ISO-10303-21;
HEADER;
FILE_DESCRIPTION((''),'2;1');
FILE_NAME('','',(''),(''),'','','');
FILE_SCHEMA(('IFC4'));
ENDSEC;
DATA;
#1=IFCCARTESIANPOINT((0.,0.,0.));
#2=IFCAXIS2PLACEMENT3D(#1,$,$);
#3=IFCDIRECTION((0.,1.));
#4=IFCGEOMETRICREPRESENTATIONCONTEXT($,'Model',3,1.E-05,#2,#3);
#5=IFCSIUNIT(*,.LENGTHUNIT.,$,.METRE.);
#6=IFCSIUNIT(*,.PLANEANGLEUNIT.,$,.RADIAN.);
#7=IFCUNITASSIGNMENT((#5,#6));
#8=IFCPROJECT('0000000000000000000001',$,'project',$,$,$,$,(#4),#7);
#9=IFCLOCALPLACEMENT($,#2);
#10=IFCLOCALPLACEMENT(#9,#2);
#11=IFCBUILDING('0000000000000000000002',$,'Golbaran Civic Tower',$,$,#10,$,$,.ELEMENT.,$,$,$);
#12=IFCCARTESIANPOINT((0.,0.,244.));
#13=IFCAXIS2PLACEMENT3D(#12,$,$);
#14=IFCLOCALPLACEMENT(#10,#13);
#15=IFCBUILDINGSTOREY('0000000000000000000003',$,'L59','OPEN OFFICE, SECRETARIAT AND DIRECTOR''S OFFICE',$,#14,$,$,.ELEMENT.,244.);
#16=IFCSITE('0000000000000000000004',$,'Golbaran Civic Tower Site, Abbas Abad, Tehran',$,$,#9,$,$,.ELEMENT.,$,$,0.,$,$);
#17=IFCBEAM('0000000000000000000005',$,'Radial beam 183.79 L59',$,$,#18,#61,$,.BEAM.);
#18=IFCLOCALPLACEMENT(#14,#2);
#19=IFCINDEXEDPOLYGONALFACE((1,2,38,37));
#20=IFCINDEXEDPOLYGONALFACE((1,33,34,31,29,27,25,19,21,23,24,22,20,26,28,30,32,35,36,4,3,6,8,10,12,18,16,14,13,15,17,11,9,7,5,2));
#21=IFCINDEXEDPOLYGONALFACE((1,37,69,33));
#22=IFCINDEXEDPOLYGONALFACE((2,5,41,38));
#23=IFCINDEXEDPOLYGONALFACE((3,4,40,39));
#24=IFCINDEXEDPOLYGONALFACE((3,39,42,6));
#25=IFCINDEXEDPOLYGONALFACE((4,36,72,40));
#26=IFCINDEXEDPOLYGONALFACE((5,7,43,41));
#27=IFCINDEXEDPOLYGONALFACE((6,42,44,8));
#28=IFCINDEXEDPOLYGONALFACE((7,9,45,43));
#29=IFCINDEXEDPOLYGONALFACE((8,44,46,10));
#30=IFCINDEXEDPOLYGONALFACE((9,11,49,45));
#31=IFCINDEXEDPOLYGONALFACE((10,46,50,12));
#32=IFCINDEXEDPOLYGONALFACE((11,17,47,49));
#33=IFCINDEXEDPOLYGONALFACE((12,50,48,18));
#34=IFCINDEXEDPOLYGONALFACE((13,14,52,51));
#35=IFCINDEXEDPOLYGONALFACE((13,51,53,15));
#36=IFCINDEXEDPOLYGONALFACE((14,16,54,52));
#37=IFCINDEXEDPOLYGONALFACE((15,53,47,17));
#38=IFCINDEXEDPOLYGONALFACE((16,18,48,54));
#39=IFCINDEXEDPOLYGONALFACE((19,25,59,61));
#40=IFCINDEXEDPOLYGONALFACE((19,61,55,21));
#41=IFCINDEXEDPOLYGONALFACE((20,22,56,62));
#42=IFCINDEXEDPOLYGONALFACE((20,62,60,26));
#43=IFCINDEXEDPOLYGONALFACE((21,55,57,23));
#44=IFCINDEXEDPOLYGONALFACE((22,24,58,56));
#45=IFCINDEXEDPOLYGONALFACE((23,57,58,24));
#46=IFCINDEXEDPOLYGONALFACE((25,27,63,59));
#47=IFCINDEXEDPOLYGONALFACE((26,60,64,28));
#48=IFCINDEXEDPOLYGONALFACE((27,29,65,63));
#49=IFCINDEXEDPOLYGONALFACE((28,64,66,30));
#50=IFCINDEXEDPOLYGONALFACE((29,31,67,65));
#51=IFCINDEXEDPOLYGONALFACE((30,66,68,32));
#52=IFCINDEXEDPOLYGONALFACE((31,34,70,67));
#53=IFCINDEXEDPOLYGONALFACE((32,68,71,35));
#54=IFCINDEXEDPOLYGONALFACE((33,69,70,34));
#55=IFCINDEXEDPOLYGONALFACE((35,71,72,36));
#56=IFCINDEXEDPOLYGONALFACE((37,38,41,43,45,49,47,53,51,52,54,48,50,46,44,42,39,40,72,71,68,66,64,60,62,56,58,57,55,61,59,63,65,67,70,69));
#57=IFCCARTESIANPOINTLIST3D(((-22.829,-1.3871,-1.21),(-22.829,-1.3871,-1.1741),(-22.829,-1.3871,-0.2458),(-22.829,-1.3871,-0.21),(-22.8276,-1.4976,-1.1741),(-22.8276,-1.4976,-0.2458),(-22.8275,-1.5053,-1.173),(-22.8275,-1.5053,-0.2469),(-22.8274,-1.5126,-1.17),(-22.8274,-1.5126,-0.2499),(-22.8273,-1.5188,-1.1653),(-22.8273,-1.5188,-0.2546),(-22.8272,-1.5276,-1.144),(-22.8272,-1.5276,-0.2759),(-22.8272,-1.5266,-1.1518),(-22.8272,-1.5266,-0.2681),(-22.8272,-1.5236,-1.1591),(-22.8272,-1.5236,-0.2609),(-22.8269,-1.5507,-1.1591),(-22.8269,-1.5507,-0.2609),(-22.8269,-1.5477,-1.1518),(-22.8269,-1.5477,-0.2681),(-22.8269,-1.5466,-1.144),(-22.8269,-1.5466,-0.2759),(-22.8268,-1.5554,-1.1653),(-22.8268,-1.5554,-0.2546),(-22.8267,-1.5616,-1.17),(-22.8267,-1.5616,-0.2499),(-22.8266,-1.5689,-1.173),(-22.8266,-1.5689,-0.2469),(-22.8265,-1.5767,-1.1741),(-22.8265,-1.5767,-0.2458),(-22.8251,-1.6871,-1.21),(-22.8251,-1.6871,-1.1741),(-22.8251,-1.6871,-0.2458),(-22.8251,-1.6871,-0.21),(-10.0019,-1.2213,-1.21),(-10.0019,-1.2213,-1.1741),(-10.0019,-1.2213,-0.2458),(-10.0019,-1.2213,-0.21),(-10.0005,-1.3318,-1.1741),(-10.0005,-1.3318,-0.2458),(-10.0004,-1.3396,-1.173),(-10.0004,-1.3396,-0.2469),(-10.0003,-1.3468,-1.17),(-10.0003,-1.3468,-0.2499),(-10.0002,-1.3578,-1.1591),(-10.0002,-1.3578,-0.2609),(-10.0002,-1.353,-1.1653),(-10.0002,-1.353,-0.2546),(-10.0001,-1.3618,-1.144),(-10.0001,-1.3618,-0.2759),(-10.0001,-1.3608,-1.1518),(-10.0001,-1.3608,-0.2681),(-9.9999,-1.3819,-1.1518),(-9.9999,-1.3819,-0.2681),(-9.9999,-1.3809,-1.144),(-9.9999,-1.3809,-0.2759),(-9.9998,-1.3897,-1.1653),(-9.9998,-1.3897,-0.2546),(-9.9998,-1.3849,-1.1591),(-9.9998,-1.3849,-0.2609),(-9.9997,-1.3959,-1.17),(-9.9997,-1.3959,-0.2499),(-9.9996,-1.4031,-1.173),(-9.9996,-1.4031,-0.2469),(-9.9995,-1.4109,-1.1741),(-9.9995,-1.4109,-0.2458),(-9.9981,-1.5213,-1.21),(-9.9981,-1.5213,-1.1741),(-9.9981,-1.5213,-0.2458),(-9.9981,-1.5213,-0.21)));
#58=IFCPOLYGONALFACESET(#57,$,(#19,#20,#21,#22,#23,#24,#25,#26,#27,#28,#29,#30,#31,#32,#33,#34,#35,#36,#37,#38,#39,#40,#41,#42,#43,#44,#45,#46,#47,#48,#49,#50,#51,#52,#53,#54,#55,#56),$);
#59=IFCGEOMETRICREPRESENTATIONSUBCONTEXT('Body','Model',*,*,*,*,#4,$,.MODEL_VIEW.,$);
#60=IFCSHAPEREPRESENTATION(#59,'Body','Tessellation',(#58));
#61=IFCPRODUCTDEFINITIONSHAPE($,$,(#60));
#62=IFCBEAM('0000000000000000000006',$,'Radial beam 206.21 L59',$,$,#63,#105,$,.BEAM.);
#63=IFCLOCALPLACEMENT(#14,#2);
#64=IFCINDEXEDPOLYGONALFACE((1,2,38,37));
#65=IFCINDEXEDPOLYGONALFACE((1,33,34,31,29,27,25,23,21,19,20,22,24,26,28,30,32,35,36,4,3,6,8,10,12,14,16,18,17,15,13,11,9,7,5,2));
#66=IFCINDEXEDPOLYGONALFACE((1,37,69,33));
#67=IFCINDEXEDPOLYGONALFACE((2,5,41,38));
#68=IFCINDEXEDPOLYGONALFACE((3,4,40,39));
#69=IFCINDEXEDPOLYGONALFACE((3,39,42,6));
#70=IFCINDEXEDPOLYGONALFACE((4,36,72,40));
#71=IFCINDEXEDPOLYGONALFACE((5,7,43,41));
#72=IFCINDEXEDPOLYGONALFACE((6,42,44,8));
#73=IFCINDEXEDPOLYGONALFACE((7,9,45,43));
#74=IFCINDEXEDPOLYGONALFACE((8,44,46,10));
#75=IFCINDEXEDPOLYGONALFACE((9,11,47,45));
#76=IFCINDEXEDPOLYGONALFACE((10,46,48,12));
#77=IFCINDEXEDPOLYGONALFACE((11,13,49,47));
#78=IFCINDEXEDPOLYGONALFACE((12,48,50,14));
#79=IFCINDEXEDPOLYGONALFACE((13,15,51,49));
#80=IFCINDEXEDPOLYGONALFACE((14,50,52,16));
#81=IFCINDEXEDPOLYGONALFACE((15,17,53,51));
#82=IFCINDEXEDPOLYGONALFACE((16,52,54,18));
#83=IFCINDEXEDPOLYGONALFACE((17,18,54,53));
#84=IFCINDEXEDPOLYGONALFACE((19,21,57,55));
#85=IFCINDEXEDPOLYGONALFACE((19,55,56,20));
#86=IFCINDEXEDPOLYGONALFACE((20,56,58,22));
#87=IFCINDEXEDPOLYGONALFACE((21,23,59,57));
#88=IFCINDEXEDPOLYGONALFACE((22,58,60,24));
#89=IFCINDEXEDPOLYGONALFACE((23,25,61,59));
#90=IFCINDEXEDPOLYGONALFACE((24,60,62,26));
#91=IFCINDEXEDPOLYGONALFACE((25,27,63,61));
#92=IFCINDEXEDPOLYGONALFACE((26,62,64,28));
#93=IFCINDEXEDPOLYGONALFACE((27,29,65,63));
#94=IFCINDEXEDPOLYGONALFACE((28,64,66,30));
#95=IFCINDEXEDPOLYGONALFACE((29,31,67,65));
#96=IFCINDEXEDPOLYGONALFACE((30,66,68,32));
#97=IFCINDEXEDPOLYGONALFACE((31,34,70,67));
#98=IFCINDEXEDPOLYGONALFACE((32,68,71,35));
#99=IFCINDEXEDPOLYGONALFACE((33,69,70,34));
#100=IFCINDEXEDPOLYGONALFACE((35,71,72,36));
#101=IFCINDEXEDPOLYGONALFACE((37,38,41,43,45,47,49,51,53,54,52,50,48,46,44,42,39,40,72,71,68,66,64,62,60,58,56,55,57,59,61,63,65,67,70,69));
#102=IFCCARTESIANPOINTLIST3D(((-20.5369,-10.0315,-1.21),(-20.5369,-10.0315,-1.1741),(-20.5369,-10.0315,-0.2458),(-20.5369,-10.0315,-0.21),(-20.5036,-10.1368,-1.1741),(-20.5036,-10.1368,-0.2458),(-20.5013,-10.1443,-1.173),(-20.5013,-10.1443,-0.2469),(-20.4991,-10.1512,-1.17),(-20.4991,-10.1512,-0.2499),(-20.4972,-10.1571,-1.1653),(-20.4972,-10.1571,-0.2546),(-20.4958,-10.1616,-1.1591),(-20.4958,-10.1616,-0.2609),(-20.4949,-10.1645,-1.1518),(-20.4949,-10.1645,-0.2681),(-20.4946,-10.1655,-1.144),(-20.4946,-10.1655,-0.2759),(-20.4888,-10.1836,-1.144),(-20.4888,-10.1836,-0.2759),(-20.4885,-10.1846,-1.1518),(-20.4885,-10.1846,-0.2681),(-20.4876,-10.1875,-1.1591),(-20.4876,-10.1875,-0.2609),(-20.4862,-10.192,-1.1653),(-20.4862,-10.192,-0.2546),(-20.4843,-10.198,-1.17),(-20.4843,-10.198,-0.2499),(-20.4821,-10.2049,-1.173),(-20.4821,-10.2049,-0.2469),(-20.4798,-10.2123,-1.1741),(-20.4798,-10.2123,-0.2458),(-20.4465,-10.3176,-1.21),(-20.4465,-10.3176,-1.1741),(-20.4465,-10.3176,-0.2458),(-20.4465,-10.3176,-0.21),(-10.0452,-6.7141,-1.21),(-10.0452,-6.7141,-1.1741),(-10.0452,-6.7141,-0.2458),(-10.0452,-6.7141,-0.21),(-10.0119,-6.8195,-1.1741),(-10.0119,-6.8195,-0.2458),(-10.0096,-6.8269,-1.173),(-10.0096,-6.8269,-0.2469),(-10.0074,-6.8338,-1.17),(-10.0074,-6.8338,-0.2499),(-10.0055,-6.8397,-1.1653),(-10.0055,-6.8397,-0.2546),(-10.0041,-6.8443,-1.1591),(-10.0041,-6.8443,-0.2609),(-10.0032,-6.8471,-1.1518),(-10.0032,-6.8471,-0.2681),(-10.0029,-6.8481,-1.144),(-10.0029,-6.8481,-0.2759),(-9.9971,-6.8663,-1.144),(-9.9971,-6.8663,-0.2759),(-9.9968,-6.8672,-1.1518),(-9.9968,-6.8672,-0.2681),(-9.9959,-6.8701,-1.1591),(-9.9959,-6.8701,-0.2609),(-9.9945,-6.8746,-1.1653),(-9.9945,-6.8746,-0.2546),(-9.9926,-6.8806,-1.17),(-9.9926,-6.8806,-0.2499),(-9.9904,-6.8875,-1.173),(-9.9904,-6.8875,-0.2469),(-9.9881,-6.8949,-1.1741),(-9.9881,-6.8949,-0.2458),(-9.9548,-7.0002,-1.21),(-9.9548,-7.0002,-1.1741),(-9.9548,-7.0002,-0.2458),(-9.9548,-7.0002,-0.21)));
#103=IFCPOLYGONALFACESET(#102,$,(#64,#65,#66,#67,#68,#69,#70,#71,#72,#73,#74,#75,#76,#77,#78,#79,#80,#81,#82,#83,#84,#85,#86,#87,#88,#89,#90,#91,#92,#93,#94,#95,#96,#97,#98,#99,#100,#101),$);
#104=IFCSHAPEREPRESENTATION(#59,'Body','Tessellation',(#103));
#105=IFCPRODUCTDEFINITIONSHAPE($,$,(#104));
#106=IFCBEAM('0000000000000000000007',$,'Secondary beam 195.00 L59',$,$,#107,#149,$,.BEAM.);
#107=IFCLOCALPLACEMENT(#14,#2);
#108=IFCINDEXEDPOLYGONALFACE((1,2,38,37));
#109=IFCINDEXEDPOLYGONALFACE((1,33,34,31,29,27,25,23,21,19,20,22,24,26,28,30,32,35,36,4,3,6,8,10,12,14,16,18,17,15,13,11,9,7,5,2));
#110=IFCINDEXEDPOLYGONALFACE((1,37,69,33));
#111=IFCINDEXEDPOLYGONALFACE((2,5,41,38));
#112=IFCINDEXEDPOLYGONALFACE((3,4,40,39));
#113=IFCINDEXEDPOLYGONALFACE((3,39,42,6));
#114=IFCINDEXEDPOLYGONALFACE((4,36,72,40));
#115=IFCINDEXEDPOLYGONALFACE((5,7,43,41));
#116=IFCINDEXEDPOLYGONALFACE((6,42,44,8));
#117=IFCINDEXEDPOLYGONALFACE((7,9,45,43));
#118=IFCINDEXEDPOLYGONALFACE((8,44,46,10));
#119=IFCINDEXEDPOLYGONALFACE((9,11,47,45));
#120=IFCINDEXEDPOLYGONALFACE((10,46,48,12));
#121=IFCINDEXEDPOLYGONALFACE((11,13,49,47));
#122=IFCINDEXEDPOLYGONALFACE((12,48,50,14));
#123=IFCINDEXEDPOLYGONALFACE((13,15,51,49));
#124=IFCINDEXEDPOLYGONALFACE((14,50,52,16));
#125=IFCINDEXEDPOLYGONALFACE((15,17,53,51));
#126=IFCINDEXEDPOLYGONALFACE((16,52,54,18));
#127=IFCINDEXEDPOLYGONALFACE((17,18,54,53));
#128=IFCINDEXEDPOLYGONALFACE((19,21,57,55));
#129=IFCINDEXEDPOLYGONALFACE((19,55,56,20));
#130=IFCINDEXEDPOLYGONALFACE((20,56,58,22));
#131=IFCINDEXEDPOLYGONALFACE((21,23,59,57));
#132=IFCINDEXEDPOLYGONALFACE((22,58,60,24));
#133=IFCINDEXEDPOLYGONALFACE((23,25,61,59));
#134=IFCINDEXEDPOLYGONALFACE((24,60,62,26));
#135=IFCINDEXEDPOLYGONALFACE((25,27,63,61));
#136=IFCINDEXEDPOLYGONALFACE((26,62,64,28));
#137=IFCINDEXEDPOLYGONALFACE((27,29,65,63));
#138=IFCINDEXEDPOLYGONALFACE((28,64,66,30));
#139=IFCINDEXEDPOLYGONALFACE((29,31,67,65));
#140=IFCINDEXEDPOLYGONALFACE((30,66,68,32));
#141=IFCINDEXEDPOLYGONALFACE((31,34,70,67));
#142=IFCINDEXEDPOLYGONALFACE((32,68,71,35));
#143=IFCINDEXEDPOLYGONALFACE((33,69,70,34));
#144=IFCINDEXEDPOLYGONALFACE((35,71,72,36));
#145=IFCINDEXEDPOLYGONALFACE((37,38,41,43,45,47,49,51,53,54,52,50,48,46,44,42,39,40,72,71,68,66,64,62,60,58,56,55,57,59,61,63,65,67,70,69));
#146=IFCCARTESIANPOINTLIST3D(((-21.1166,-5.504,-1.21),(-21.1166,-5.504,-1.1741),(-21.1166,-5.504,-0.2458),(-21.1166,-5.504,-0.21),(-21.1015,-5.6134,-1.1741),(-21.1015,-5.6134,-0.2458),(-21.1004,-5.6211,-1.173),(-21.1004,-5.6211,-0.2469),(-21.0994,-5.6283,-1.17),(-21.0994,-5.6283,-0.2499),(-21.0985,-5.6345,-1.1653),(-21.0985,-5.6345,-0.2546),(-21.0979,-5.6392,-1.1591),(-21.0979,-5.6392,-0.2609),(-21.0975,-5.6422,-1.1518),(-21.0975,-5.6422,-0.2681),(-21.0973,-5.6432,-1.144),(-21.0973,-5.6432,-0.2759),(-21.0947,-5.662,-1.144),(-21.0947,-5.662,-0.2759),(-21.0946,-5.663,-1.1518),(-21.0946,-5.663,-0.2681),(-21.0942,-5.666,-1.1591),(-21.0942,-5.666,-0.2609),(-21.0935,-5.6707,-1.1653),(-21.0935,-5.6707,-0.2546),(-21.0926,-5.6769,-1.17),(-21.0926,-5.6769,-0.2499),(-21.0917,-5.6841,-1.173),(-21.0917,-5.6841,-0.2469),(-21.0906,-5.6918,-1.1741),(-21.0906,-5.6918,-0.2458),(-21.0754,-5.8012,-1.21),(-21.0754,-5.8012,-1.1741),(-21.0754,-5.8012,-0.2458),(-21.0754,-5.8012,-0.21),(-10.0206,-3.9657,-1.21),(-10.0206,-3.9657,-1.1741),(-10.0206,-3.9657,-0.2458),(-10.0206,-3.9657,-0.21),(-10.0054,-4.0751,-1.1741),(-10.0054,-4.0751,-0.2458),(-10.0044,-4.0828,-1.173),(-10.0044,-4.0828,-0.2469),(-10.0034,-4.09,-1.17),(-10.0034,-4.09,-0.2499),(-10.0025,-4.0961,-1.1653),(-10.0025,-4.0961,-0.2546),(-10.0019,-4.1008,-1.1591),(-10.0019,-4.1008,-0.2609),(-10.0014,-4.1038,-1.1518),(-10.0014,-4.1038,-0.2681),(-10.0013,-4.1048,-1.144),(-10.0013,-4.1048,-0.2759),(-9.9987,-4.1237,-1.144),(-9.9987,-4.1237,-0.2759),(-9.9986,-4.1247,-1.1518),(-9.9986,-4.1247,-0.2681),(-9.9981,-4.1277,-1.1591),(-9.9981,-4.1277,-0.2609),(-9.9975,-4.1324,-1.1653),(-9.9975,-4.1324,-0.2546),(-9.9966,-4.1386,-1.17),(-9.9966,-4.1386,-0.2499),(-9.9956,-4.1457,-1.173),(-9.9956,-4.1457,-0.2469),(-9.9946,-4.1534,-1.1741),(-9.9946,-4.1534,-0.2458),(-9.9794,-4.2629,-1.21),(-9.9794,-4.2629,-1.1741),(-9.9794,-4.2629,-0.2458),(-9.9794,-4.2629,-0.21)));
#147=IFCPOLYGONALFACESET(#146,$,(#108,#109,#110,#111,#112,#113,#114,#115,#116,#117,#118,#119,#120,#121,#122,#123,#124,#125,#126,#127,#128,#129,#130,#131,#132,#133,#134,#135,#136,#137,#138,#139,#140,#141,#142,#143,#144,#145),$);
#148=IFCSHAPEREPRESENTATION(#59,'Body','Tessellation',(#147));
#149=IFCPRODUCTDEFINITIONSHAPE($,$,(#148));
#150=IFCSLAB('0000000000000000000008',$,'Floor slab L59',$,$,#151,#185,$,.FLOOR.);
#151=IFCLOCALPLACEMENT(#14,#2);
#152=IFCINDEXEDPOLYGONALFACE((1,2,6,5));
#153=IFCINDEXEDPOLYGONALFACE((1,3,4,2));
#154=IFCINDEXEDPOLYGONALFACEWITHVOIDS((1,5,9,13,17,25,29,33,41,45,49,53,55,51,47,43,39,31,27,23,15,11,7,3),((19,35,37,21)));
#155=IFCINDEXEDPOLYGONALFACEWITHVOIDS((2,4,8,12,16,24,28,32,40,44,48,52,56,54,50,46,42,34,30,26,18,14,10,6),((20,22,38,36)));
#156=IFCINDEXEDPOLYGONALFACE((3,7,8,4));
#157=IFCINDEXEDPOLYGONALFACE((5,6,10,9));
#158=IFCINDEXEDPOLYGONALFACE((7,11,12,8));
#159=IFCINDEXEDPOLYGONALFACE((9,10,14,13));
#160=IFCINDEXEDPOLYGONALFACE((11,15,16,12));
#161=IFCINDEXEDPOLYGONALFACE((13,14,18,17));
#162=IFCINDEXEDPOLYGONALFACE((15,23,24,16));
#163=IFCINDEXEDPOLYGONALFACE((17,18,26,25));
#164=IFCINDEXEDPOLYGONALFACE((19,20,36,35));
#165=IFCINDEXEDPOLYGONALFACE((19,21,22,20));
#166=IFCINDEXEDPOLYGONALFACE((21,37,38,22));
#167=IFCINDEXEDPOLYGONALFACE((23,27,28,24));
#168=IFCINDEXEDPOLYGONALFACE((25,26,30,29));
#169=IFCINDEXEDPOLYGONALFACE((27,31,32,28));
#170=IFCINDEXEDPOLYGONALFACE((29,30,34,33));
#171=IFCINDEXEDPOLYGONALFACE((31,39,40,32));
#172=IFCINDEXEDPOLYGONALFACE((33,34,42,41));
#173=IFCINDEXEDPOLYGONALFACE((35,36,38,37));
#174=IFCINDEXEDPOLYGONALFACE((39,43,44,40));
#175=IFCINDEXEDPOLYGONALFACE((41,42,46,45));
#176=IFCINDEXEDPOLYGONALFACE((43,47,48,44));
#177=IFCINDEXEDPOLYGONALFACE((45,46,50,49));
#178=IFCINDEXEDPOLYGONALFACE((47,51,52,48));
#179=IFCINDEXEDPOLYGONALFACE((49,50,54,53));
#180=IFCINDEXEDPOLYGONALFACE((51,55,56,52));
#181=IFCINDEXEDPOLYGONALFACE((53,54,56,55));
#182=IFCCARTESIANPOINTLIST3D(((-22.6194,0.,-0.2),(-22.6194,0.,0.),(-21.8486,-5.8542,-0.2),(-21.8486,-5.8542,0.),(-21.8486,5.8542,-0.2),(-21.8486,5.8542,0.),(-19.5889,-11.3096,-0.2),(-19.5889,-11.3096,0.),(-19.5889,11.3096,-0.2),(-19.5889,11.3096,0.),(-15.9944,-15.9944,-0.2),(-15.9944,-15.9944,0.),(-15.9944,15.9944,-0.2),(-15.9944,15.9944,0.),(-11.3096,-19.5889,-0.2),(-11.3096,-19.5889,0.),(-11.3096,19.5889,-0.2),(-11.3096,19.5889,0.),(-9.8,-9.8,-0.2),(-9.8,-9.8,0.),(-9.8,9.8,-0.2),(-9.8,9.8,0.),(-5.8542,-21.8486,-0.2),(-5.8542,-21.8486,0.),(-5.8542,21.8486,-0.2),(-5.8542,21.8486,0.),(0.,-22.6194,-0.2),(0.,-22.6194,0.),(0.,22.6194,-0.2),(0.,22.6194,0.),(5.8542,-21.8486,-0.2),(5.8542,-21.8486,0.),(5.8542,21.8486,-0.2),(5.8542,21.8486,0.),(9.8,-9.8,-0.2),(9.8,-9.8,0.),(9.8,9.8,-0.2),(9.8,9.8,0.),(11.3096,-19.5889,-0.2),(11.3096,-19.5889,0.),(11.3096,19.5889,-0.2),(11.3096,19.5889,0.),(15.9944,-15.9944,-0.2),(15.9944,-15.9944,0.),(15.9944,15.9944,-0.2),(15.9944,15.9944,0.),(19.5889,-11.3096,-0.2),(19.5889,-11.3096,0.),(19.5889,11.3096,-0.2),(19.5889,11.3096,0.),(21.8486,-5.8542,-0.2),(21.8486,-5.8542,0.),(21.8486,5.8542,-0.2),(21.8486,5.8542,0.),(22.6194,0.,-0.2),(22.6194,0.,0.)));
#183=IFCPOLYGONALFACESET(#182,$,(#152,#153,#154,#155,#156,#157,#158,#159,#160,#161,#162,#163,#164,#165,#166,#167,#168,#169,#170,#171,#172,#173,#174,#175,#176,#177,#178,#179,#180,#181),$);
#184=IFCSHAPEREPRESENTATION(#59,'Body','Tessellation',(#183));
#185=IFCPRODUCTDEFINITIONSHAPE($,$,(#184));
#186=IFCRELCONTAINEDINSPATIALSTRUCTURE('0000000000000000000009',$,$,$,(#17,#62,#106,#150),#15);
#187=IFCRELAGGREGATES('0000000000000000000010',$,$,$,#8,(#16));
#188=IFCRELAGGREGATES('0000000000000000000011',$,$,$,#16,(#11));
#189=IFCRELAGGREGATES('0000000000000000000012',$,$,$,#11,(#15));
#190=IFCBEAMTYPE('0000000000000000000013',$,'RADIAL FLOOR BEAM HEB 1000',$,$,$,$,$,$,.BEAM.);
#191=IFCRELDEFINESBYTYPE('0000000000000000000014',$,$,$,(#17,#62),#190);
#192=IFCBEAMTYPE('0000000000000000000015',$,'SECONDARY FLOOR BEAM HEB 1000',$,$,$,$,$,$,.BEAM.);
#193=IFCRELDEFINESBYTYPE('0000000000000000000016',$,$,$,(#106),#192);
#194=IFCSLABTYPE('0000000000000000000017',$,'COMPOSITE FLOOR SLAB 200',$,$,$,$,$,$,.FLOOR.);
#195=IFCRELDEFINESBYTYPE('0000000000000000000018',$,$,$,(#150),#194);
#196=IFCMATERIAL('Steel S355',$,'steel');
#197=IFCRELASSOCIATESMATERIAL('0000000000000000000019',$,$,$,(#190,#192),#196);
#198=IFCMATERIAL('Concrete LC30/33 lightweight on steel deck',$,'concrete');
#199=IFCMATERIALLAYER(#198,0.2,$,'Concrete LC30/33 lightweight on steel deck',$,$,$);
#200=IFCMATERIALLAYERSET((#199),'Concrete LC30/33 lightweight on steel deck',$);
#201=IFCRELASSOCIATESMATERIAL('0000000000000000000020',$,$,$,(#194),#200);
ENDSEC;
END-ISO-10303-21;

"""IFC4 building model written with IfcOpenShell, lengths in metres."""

from ifc_helpers import new_model, si_unit, direction, frame, origin, origin_2d, place, context, subcontext, project, spatial, polyline, i_section, outline, extrude, material, layer, layer_set, material_profile, profile_set, type_object, element, save


model = new_model("IFC4")

# Units and contexts
model_context = context("Model", 3, precision=1e-05, world=origin(), true_north=direction((0.0, 1.0)))
body_context = subcontext(model_context, "Body", "Model", "MODEL_VIEW")
ifc_project = project(units=[si_unit("LENGTHUNIT", "METRE"), si_unit("PLANEANGLEUNIT", "RADIAN")], contexts=[model_context])

# Site, building, storey
site_placement = place(None, origin())
site = spatial("IfcSite", under=ifc_project, at=site_placement, Name="Golbaran Civic Tower Site, Abbas Abad, Tehran", CompositionType="ELEMENT", RefElevation=0.0)
building_placement = place(site_placement, origin())
building = spatial("IfcBuilding", under=site, at=building_placement, Name="Golbaran Civic Tower", CompositionType="ELEMENT")
storey_placement = place(building_placement, frame((0.0, 0.0, 244.0)))
storey = spatial("IfcBuildingStorey", under=building, at=storey_placement, Name="L59", Description="OPEN OFFICE, SECRETARIAT AND DIRECTOR'S OFFICE", CompositionType="ELEMENT", Elevation=244.0)

# Beams
ifc_material_1 = material(Name="Steel S355", Category="steel")
ifc_material_profile_1 = material_profile(ifc_material_1, i_section(OverallWidth=0.3, OverallDepth=1.0, WebThickness=0.019, FlangeThickness=0.0359, FilletRadius=0.03, at=origin_2d()), Name="HEB 1000")
ifc_profile_set_1 = profile_set([ifc_material_profile_1], Name="Steel S355")
beam_type_1 = type_object("IfcBeamType", Name="RADIAL FLOOR BEAM HEB 1000", PredefinedType="BEAM", material=ifc_profile_set_1)
beam_1_placement = place(storey_placement, frame((-10.0, -1.3713, -0.71), z_axis=(-0.999917, -0.012922, 0.0), x_axis=(0.012922, -0.999917, 0.0)))
element("IfcBeam", 1, at=beam_1_placement, inside=storey, type_object=beam_type_1, Name="Radial beam 183.79 L59", PredefinedType="BEAM", context=body_context, shape_type="SweptSolid", body=[
    extrude(i_section(OverallWidth=0.3, OverallDepth=1.0, WebThickness=0.019, FlangeThickness=0.0359, FilletRadius=0.03, at=origin_2d()), origin(), (0.0, 0.0, 1.0), 12.8281),
])
beam_2_placement = place(storey_placement, frame((-10.0, -6.8572, -0.71), z_axis=(-0.953473, -0.30148, 0.0), x_axis=(0.30148, -0.953473, 0.0)))
element("IfcBeam", 2, at=beam_2_placement, inside=storey, type_object=beam_type_1, Name="Radial beam 206.21 L59", PredefinedType="BEAM", context=body_context, shape_type="SweptSolid", body=[
    extrude(i_section(OverallWidth=0.3, OverallDepth=1.0, WebThickness=0.019, FlangeThickness=0.0359, FilletRadius=0.03, at=origin_2d()), origin(), (0.0, 0.0, 1.0), 11.0037),
])
ifc_material_profile_2 = material_profile(ifc_material_1, i_section(OverallWidth=0.3, OverallDepth=1.0, WebThickness=0.019, FlangeThickness=0.0359, FilletRadius=0.03, at=origin_2d()), Name="HEB 1000")
ifc_profile_set_2 = profile_set([ifc_material_profile_2], Name="Steel S355")
beam_type_2 = type_object("IfcBeamType", Name="SECONDARY FLOOR BEAM HEB 1000", PredefinedType="BEAM", material=ifc_profile_set_2)
beam_3_placement = place(storey_placement, frame((-10.0, -4.1143, -0.71), z_axis=(-0.990526, -0.137325, 0.0), x_axis=(0.137325, -0.990526, 0.0)))
element("IfcBeam", 3, at=beam_3_placement, inside=storey, type_object=beam_type_2, Name="Secondary beam 195.00 L59", PredefinedType="BEAM", context=body_context, shape_type="SweptSolid", body=[
    extrude(i_section(OverallWidth=0.3, OverallDepth=1.0, WebThickness=0.019, FlangeThickness=0.0359, FilletRadius=0.03, at=origin_2d()), origin(), (0.0, 0.0, 1.0), 11.2021),
])

# Slab
ifc_material_2 = material(Name="Concrete LC30/33 lightweight on steel deck", Category="concrete")
ifc_layer_1 = layer(ifc_material_2, 0.2, Name="Concrete LC30/33 lightweight on steel deck")
ifc_layer_set_1 = layer_set([ifc_layer_1], Name="Concrete LC30/33 lightweight on steel deck")
slab_type_1 = type_object("IfcSlabType", Name="COMPOSITE FLOOR SLAB 200", PredefinedType="FLOOR", material=ifc_layer_set_1)
slab_1_placement = place(storey_placement, frame((0.0, 0.0, -0.2)))
element("IfcSlab", 4, at=slab_1_placement, inside=storey, type_object=slab_type_1, Name="Floor slab L59", PredefinedType="FLOOR", context=body_context, shape_type="SweptSolid", body=[
    extrude(outline(polyline([(19.5889, -11.3096), (15.9944, -15.9944), (11.3096, -19.5889), (5.8542, -21.8486), (0.0, -22.6194), (-5.8542, -21.8486), (-11.3096, -19.5889), (-15.9944, -15.9944), (-19.5889, -11.3096), (-21.8486, -5.8542), (-22.6194, 0.0), (-21.8486, 5.8542), (-19.5889, 11.3096), (-15.9944, 15.9944), (-11.3096, 19.5889), (-5.8542, 21.8486), (0.0, 22.6194), (5.8542, 21.8486), (11.3096, 19.5889), (15.9944, 15.9944), (19.5889, 11.3096), (21.8486, 5.8542), (22.6194, 0.0), (21.8486, -5.8542), (19.5889, -11.3096)]), holes=[polyline([(-9.8, 9.8), (-9.8, -9.8), (9.8, -9.8), (9.8, 9.8), (-9.8, 9.8)])]), origin(), (0.0, 0.0, 1.0), 0.2),
])

save(model, "model.ifc")
